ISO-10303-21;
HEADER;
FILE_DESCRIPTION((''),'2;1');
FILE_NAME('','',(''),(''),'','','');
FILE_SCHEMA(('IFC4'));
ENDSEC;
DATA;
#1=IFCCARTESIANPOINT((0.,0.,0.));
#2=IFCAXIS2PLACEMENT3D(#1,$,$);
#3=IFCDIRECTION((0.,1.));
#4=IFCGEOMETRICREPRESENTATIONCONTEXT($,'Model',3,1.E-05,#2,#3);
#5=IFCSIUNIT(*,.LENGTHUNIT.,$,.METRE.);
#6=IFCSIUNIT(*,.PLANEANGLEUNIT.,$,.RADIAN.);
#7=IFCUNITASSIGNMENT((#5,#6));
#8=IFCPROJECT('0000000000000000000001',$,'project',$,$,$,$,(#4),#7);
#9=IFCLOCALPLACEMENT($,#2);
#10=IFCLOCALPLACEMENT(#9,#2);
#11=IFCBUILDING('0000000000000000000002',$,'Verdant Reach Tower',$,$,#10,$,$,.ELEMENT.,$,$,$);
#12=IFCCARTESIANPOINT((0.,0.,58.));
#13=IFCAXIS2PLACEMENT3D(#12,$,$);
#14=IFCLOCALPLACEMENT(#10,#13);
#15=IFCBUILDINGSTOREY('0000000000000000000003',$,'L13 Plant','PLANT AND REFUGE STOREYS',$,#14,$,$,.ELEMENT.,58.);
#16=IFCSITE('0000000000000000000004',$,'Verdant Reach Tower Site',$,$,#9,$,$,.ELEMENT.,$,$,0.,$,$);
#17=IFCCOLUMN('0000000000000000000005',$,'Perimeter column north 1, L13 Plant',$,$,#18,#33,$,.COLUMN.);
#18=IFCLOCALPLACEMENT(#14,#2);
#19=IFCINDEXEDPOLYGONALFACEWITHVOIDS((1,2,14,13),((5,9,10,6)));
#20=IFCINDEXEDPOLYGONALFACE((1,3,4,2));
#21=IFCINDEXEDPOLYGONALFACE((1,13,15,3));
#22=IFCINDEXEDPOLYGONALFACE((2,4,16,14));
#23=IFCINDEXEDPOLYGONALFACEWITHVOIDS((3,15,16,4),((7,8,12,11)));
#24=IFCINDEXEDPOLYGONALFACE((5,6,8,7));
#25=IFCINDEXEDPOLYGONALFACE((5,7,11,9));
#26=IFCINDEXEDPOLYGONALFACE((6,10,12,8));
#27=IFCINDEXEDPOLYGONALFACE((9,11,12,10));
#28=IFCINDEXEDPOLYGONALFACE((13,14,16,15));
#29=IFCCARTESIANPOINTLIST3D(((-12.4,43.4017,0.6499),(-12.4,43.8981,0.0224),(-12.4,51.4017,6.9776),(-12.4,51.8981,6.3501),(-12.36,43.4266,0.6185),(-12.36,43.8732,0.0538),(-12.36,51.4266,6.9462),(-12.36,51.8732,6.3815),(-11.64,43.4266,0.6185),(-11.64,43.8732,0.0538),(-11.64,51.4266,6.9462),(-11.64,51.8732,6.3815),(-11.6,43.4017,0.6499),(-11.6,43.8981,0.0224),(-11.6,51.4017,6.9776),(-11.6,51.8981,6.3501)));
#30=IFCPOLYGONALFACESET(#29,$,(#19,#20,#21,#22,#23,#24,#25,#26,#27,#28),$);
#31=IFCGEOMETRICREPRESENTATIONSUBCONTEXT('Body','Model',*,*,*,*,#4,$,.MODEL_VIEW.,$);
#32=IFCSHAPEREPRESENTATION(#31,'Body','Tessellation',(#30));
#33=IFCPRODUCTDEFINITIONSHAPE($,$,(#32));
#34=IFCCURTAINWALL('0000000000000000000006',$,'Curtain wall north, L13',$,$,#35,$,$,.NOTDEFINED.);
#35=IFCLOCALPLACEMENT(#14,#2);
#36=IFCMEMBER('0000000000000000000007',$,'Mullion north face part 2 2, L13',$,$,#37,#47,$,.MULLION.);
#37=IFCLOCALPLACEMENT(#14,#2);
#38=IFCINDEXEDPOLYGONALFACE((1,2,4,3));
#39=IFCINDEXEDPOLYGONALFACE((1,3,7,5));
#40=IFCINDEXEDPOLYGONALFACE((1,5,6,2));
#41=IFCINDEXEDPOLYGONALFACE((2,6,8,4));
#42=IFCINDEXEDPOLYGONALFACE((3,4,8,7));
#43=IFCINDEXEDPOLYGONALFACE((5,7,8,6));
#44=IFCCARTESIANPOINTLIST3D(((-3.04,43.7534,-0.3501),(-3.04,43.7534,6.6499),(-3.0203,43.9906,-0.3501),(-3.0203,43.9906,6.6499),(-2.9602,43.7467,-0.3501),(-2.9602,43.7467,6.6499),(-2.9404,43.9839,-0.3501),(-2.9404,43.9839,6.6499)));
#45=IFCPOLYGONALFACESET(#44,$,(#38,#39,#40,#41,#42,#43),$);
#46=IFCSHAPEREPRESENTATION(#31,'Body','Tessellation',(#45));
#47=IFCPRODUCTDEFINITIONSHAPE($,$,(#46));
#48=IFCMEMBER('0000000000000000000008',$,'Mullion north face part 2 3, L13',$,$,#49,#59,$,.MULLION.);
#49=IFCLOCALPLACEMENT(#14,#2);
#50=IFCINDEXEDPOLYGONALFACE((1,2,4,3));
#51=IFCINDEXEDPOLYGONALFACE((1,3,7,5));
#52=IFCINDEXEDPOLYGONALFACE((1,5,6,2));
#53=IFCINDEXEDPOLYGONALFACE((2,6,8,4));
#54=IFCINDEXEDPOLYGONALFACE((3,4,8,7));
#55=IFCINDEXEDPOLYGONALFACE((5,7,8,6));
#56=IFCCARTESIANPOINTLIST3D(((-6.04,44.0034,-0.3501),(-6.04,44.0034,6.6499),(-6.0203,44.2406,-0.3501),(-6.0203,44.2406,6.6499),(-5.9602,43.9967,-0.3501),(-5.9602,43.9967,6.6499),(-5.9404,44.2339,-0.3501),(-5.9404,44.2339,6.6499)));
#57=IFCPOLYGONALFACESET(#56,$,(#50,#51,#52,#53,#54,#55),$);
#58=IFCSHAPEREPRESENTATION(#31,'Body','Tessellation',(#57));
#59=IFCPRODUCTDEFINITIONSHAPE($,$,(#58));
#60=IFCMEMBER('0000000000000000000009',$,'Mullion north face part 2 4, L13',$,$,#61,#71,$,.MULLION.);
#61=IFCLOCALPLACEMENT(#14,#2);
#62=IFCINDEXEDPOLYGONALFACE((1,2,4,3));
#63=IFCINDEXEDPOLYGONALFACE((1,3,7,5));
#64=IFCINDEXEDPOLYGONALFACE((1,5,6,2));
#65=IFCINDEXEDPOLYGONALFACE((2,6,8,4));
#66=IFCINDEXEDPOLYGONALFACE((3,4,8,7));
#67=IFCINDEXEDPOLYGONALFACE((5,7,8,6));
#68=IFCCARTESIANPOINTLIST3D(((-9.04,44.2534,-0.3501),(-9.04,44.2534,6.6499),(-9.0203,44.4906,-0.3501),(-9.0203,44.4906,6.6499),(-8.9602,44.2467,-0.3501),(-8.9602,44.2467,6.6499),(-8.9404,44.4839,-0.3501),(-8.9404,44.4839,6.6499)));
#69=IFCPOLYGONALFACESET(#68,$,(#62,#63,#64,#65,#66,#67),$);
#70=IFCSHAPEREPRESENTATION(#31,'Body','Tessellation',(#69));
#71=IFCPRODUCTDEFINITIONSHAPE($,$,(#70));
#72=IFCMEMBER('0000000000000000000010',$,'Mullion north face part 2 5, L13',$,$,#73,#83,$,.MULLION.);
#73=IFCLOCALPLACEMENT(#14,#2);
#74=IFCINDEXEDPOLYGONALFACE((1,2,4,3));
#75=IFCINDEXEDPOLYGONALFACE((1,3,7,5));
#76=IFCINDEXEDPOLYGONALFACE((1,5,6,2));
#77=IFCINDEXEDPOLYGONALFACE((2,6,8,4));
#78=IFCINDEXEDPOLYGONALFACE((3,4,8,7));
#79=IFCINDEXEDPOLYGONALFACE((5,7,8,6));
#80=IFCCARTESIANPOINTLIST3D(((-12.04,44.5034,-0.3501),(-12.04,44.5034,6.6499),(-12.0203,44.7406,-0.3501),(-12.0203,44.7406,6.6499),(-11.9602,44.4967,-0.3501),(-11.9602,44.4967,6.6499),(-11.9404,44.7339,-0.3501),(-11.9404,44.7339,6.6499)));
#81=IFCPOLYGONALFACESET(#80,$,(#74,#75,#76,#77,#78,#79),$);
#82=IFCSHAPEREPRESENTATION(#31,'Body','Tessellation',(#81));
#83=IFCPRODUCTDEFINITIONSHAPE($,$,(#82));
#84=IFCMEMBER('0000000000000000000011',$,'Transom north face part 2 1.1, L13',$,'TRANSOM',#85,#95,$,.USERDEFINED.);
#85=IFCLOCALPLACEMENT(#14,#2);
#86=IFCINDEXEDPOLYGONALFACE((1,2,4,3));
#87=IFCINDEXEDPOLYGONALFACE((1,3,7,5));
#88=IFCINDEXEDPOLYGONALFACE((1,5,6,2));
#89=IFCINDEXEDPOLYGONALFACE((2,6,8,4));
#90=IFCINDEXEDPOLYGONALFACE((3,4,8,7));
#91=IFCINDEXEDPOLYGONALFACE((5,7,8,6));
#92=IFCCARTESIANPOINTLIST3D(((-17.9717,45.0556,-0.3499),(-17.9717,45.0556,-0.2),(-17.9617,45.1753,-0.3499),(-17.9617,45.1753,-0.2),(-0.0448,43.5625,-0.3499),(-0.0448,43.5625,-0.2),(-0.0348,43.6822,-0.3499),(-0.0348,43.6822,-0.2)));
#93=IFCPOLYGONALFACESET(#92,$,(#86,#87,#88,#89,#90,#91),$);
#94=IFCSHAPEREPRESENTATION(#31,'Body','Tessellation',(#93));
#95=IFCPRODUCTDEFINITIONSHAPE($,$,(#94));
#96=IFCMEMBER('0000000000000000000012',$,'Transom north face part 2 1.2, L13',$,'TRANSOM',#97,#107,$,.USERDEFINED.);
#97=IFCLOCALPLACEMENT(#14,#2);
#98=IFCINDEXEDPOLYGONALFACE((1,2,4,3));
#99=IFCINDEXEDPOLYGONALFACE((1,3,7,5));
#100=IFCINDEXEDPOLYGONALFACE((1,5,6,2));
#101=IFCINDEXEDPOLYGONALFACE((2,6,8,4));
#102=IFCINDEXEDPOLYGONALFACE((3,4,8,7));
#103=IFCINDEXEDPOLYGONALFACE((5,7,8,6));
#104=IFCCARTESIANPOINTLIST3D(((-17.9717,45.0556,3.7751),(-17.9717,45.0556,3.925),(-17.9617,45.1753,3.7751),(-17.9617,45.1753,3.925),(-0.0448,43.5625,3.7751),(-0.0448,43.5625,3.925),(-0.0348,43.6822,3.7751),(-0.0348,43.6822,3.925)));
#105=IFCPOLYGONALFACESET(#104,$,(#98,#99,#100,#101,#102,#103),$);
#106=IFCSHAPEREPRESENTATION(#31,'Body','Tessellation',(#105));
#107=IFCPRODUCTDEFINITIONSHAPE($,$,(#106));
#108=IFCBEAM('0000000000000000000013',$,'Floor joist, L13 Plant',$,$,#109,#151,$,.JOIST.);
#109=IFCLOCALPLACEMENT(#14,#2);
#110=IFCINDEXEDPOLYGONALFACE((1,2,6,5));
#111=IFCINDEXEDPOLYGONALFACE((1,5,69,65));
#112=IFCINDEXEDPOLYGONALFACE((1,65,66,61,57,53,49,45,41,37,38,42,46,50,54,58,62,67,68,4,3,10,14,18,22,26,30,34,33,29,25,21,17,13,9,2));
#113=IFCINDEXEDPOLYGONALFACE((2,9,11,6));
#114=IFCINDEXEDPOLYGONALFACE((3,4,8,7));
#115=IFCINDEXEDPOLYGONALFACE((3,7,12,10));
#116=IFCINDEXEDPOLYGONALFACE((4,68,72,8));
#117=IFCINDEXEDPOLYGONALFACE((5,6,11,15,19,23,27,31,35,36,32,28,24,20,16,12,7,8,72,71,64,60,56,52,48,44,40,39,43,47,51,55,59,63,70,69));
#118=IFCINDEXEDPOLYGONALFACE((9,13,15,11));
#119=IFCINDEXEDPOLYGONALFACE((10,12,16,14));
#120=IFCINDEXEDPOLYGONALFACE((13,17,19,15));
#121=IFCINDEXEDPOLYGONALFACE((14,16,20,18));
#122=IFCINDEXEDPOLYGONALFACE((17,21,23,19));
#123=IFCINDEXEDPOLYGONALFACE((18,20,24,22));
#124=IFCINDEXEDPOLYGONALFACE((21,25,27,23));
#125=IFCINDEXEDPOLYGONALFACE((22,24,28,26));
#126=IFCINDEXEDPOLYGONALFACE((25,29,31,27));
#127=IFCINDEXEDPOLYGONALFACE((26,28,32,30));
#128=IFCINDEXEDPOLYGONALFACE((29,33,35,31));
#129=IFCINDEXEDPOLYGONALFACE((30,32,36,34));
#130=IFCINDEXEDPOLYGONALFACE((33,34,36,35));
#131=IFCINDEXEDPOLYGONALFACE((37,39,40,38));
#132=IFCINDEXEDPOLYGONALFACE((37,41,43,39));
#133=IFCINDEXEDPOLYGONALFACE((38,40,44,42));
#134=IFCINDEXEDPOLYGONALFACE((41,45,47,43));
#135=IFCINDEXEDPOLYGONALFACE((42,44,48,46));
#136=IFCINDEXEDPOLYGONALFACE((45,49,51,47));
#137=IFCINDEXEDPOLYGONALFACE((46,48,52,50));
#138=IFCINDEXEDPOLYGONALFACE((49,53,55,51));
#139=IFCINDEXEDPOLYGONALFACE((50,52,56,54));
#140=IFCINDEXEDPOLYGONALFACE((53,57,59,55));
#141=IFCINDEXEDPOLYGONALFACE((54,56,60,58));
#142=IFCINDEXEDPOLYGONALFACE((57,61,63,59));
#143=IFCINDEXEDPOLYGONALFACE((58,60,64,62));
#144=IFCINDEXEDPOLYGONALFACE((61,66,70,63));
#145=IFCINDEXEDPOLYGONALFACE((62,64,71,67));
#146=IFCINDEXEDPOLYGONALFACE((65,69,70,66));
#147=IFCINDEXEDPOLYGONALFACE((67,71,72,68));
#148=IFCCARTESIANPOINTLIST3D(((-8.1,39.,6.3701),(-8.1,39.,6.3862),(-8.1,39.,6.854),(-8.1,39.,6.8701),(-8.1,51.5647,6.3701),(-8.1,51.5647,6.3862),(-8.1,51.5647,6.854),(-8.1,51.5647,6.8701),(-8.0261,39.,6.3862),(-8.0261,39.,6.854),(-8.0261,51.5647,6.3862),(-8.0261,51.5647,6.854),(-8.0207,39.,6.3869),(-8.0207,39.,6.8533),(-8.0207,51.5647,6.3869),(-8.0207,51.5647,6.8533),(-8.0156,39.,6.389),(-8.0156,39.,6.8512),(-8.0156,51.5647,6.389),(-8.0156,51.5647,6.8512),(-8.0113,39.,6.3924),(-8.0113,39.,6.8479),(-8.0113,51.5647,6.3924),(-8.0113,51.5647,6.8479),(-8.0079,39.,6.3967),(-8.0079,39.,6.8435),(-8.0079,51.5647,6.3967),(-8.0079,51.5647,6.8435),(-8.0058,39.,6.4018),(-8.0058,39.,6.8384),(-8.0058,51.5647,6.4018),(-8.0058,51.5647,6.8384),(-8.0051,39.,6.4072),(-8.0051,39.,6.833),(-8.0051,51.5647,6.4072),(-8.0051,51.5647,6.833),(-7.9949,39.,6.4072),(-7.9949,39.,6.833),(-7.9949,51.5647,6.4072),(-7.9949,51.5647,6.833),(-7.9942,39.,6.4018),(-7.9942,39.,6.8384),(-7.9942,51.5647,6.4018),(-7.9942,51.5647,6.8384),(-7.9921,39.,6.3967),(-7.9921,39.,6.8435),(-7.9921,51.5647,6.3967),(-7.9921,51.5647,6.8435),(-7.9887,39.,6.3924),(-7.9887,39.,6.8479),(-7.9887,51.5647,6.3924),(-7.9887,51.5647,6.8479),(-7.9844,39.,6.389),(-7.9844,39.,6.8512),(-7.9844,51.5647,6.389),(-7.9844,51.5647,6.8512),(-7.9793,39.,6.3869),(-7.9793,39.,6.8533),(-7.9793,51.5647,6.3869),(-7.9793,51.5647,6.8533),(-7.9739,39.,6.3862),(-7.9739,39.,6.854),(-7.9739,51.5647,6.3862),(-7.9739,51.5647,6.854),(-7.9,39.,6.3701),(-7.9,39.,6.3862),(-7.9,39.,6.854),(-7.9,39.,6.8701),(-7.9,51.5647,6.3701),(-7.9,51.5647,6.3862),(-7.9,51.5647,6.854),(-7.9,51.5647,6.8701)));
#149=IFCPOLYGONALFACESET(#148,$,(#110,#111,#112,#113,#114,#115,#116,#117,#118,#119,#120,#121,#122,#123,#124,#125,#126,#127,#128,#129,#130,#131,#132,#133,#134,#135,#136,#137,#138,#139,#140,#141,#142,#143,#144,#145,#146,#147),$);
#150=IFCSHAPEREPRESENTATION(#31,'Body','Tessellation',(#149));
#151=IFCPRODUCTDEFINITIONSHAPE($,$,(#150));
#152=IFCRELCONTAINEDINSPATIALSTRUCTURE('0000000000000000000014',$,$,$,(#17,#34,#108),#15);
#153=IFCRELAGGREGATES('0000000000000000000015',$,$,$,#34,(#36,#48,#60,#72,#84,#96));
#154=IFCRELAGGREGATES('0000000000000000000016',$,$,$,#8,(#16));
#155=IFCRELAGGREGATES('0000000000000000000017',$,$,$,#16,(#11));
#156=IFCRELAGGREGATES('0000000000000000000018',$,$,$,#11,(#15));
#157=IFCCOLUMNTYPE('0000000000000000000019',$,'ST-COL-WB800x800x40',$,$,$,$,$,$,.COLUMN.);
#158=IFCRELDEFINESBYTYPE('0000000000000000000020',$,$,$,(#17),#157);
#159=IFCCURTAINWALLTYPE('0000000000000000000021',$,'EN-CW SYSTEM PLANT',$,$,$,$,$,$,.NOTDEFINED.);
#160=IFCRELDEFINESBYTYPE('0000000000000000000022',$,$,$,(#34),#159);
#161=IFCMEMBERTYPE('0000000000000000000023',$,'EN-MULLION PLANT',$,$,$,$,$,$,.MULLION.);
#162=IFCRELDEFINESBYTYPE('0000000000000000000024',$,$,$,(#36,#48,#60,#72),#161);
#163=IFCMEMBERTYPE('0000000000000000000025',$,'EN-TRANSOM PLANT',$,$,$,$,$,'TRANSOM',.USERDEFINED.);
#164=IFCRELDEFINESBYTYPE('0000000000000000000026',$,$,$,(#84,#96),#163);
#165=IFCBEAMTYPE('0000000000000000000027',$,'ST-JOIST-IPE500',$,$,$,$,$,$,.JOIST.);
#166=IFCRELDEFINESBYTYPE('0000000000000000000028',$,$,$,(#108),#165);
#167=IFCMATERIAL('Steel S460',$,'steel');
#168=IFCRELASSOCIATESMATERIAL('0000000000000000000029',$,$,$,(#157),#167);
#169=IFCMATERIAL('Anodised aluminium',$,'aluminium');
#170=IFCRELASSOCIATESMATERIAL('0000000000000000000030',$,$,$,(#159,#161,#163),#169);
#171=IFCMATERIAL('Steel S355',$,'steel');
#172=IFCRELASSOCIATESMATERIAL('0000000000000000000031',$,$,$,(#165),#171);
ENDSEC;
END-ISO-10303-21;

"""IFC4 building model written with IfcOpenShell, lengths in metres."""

from ifc_helpers import new_model, si_unit, direction, frame, origin, origin_2d, place, context, subcontext, project, spatial, rectangle, hollow_rectangle, i_section, extrude, material, material_profile, profile_set, type_object, element, aggregate, save


model = new_model("IFC4")

# Units and contexts
model_context = context("Model", 3, precision=1e-05, world=origin(), true_north=direction((0.0, 1.0)))
body_context = subcontext(model_context, "Body", "Model", "MODEL_VIEW")
ifc_project = project(units=[si_unit("LENGTHUNIT", "METRE"), si_unit("PLANEANGLEUNIT", "RADIAN")], contexts=[model_context])

# Site, building, storey
site_placement = place(None, origin())
site = spatial("IfcSite", under=ifc_project, at=site_placement, Name="Verdant Reach Tower Site", CompositionType="ELEMENT", RefElevation=0.0)
building_placement = place(site_placement, origin())
building = spatial("IfcBuilding", under=site, at=building_placement, Name="Verdant Reach Tower", CompositionType="ELEMENT")
storey_placement = place(building_placement, frame((0.0, 0.0, 58.0)))
storey = spatial("IfcBuildingStorey", under=building, at=storey_placement, Name="L13 Plant", Description="PLANT AND REFUGE STOREYS", CompositionType="ELEMENT", Elevation=58.0)

# Column
ifc_material_1 = material(Name="Steel S460", Category="steel")
ifc_material_profile_1 = material_profile(ifc_material_1, hollow_rectangle(XDim=0.8, YDim=0.8, WallThickness=0.04, at=origin_2d()), Name="WB 800x800x40")
ifc_profile_set_1 = profile_set([ifc_material_profile_1], Name="Steel S460")
column_type = type_object("IfcColumnType", Name="ST-COL-WB800x800x40", PredefinedType="COLUMN", material=ifc_profile_set_1)
column_placement = place(storey_placement, frame((-12.0, 43.6499, 0.3362), z_axis=(0.0, 0.784318, 0.62036), x_axis=(-1.0, 0.0, 0.0)))
element("IfcColumn", 1, at=column_placement, inside=storey, type_object=column_type, Name="Perimeter column north 1, L13 Plant", PredefinedType="COLUMN", context=body_context, shape_type="SweptSolid", body=[
    extrude(hollow_rectangle(XDim=0.8, YDim=0.8, WallThickness=0.04, at=origin_2d()), origin(), (0.0, 0.0, 1.0), 10.2),
])

# Curtain wall, members
ifc_material_2 = material(Name="Anodised aluminium", Category="aluminium")
curtain_wall_type = type_object("IfcCurtainWallType", Name="EN-CW SYSTEM PLANT", PredefinedType="NOTDEFINED", material=ifc_material_2)
curtain_wall_placement = place(storey_placement, origin())
curtain_wall = element("IfcCurtainWall", 2, at=curtain_wall_placement, inside=storey, type_object=curtain_wall_type, Name="Curtain wall north, L13", PredefinedType="NOTDEFINED")
ifc_material_profile_2 = material_profile(ifc_material_2, rectangle(XDim=0.238, YDim=0.0801, at=origin_2d()), Name="Mullion 80x240")
ifc_profile_set_2 = profile_set([ifc_material_profile_2], Name="Anodised aluminium")
member_type_1 = type_object("IfcMemberType", Name="EN-MULLION PLANT", PredefinedType="MULLION", material=ifc_profile_set_2)
member_1_placement = place(storey_placement, frame((-2.9902, 43.8687, -0.3501), z_axis=(0.0, 0.0, 1.0), x_axis=(0.083045, 0.996546, 0.0)))
member_1 = element("IfcMember", 3, at=member_1_placement, type_object=member_type_1, Name="Mullion north face part 2 2, L13", PredefinedType="MULLION", context=body_context, shape_type="SweptSolid", body=[
    extrude(rectangle(XDim=0.238, YDim=0.0801, at=origin_2d()), origin(), (0.0, 0.0, 1.0), 7.0),
])
member_2_placement = place(storey_placement, frame((-5.9902, 44.1187, -0.3501), z_axis=(0.0, 0.0, 1.0), x_axis=(0.083045, 0.996546, 0.0)))
member_2 = element("IfcMember", 4, at=member_2_placement, type_object=member_type_1, Name="Mullion north face part 2 3, L13", PredefinedType="MULLION", context=body_context, shape_type="SweptSolid", body=[
    extrude(rectangle(XDim=0.238, YDim=0.0801, at=origin_2d()), origin(), (0.0, 0.0, 1.0), 7.0),
])
member_3_placement = place(storey_placement, frame((-8.9902, 44.3687, -0.3501), z_axis=(0.0, 0.0, 1.0), x_axis=(0.083045, 0.996546, 0.0)))
member_3 = element("IfcMember", 5, at=member_3_placement, type_object=member_type_1, Name="Mullion north face part 2 4, L13", PredefinedType="MULLION", context=body_context, shape_type="SweptSolid", body=[
    extrude(rectangle(XDim=0.238, YDim=0.0801, at=origin_2d()), origin(), (0.0, 0.0, 1.0), 7.0),
])
member_4_placement = place(storey_placement, frame((-11.9902, 44.6187, -0.3501), z_axis=(0.0, 0.0, 1.0), x_axis=(0.083045, 0.996546, 0.0)))
member_4 = element("IfcMember", 6, at=member_4_placement, type_object=member_type_1, Name="Mullion north face part 2 5, L13", PredefinedType="MULLION", context=body_context, shape_type="SweptSolid", body=[
    extrude(rectangle(XDim=0.238, YDim=0.0801, at=origin_2d()), origin(), (0.0, 0.0, 1.0), 7.0),
])
ifc_material_profile_3 = material_profile(ifc_material_2, rectangle(XDim=0.1201, YDim=0.1499, at=origin_2d()), Name="Transom 150x120")
ifc_profile_set_3 = profile_set([ifc_material_profile_3], Name="Anodised aluminium")
member_type_2 = type_object("IfcMemberType", Name="EN-TRANSOM PLANT", ElementType="TRANSOM", PredefinedType="USERDEFINED", material=ifc_profile_set_3)
member_5_placement = place(storey_placement, frame((-0.0398, 43.6223, -0.2749), z_axis=(-0.996549, 0.083004, 0.0), x_axis=(-0.083004, -0.996549, 0.0)))
member_5 = element("IfcMember", 7, at=member_5_placement, type_object=member_type_2, Name="Transom north face part 2 1.1, L13", ObjectType="TRANSOM", PredefinedType="USERDEFINED", context=body_context, shape_type="SweptSolid", body=[
    extrude(rectangle(XDim=0.1201, YDim=0.1499, at=origin_2d()), origin(), (0.0, 0.0, 1.0), 17.989),
])
member_6_placement = place(storey_placement, frame((-0.0398, 43.6223, 3.8501), z_axis=(-0.996549, 0.083004, 0.0), x_axis=(-0.083004, -0.996549, 0.0)))
member_6 = element("IfcMember", 8, at=member_6_placement, type_object=member_type_2, Name="Transom north face part 2 1.2, L13", ObjectType="TRANSOM", PredefinedType="USERDEFINED", context=body_context, shape_type="SweptSolid", body=[
    extrude(rectangle(XDim=0.1201, YDim=0.1499, at=origin_2d()), origin(), (0.0, 0.0, 1.0), 17.989),
])

# Beam
ifc_material_3 = material(Name="Steel S355", Category="steel")
ifc_material_profile_4 = material_profile(ifc_material_3, i_section(OverallWidth=0.2, OverallDepth=0.5, WebThickness=0.0103, FlangeThickness=0.0161, FilletRadius=0.021, at=origin_2d()), Name="IPE 500")
ifc_profile_set_4 = profile_set([ifc_material_profile_4], Name="Steel S355")
beam_type = type_object("IfcBeamType", Name="ST-JOIST-IPE500", PredefinedType="JOIST", material=ifc_profile_set_4)
beam_1_placement = place(storey_placement, frame((-8.0, 39.0, 6.6201), z_axis=(0.0, 1.0, 0.0), x_axis=(-1.0, 0.0, 0.0)))
element("IfcBeam", 9, at=beam_1_placement, inside=storey, type_object=beam_type, Name="Floor joist, L13 Plant", PredefinedType="JOIST", context=body_context, shape_type="SweptSolid", body=[
    extrude(i_section(OverallWidth=0.2, OverallDepth=0.5, WebThickness=0.0103, FlangeThickness=0.0161, FilletRadius=0.021, at=origin_2d()), origin(), (0.0, 0.0, 1.0), 12.5647),
])

aggregate(curtain_wall, [member_1, member_2, member_3, member_4, member_5, member_6])

save(model, "model.ifc")
